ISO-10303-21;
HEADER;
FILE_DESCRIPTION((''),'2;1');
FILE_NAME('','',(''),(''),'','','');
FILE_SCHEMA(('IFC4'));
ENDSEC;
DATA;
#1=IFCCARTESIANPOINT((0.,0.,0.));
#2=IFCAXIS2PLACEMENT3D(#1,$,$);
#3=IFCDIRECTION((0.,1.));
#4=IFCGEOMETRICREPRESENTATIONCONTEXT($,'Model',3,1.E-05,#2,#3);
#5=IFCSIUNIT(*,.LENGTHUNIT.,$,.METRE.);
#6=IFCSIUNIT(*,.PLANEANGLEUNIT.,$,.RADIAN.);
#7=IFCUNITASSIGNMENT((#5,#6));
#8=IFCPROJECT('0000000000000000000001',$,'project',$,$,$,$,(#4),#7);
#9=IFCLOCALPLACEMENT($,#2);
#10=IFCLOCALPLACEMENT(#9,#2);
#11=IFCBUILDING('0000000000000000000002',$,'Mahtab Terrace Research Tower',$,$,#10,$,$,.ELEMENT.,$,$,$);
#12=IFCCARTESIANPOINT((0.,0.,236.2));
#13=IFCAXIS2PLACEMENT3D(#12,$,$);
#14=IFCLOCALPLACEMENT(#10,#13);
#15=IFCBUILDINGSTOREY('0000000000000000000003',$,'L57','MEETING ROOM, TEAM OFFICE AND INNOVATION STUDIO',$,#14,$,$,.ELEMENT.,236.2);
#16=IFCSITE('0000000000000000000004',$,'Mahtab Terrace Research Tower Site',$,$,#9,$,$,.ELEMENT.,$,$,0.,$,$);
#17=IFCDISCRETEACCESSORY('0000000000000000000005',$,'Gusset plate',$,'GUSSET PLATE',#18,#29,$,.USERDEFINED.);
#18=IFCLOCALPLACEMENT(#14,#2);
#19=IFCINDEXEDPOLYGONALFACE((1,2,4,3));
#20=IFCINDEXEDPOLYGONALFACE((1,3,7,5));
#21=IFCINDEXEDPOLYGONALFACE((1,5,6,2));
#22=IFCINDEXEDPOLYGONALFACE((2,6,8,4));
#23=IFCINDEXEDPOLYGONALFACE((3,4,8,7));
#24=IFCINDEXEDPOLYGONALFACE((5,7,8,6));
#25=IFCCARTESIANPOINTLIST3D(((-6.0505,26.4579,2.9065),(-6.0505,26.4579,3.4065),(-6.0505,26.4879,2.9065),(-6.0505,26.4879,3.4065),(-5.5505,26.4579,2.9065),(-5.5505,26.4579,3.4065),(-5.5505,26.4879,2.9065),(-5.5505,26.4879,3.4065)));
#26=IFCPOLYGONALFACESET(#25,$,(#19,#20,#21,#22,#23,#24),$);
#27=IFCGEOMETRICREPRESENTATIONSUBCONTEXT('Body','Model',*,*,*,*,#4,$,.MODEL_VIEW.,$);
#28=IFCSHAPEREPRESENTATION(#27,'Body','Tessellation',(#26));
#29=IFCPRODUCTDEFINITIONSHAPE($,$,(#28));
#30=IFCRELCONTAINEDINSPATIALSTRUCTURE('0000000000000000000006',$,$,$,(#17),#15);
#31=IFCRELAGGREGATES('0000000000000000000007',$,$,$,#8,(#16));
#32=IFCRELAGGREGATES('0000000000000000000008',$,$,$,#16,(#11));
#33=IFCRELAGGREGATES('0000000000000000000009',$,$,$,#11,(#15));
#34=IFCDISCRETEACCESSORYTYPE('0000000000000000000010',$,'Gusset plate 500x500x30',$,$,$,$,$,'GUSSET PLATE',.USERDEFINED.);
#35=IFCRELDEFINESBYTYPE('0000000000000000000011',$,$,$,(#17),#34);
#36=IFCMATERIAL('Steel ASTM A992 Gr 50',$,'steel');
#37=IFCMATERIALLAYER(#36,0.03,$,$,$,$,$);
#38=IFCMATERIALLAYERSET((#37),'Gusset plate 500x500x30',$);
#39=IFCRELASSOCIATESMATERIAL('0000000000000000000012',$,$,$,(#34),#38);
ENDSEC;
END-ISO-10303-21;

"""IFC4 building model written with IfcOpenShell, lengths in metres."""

from ifc_helpers import new_model, si_unit, direction, frame, origin, origin_2d, place, context, subcontext, project, spatial, rectangle, extrude, material, layer, layer_set, type_object, element, save


model = new_model("IFC4")

# Units and contexts
model_context = context("Model", 3, precision=1e-05, world=origin(), true_north=direction((0.0, 1.0)))
body_context = subcontext(model_context, "Body", "Model", "MODEL_VIEW")
ifc_project = project(units=[si_unit("LENGTHUNIT", "METRE"), si_unit("PLANEANGLEUNIT", "RADIAN")], contexts=[model_context])

# Site, building, storey
site_placement = place(None, origin())
site = spatial("IfcSite", under=ifc_project, at=site_placement, Name="Mahtab Terrace Research Tower Site", CompositionType="ELEMENT", RefElevation=0.0)
building_placement = place(site_placement, origin())
building = spatial("IfcBuilding", under=site, at=building_placement, Name="Mahtab Terrace Research Tower", CompositionType="ELEMENT")
storey_placement = place(building_placement, frame((0.0, 0.0, 236.2)))
storey = spatial("IfcBuildingStorey", under=building, at=storey_placement, Name="L57", Description="MEETING ROOM, TEAM OFFICE AND INNOVATION STUDIO", CompositionType="ELEMENT", Elevation=236.2)

# Shared definitions
ifc_material_1 = material(Name="Steel ASTM A992 Gr 50", Category="steel")

# Discrete accessory
ifc_layer_1 = layer(ifc_material_1, 0.03)
ifc_layer_set_1 = layer_set([ifc_layer_1], Name="Gusset plate 500x500x30")
discrete_accessory_type = type_object("IfcDiscreteAccessoryType", Name="Gusset plate 500x500x30", ElementType="GUSSET PLATE", PredefinedType="USERDEFINED", material=ifc_layer_set_1)
discrete_accessory_placement = place(storey_placement, frame((-5.8005, 26.4729, 2.9065), z_axis=(0.0, 0.0, 1.0), x_axis=(1.0, 0.0, 0.0)))
element("IfcDiscreteAccessory", 1, at=discrete_accessory_placement, inside=storey, type_object=discrete_accessory_type, Name="Gusset plate", ObjectType="GUSSET PLATE", PredefinedType="USERDEFINED", context=body_context, shape_type="SweptSolid", body=[
    extrude(rectangle(XDim=0.5, YDim=0.03, at=origin_2d()), origin(), (0.0, 0.0, 1.0), 0.5),
])

save(model, "model.ifc")
